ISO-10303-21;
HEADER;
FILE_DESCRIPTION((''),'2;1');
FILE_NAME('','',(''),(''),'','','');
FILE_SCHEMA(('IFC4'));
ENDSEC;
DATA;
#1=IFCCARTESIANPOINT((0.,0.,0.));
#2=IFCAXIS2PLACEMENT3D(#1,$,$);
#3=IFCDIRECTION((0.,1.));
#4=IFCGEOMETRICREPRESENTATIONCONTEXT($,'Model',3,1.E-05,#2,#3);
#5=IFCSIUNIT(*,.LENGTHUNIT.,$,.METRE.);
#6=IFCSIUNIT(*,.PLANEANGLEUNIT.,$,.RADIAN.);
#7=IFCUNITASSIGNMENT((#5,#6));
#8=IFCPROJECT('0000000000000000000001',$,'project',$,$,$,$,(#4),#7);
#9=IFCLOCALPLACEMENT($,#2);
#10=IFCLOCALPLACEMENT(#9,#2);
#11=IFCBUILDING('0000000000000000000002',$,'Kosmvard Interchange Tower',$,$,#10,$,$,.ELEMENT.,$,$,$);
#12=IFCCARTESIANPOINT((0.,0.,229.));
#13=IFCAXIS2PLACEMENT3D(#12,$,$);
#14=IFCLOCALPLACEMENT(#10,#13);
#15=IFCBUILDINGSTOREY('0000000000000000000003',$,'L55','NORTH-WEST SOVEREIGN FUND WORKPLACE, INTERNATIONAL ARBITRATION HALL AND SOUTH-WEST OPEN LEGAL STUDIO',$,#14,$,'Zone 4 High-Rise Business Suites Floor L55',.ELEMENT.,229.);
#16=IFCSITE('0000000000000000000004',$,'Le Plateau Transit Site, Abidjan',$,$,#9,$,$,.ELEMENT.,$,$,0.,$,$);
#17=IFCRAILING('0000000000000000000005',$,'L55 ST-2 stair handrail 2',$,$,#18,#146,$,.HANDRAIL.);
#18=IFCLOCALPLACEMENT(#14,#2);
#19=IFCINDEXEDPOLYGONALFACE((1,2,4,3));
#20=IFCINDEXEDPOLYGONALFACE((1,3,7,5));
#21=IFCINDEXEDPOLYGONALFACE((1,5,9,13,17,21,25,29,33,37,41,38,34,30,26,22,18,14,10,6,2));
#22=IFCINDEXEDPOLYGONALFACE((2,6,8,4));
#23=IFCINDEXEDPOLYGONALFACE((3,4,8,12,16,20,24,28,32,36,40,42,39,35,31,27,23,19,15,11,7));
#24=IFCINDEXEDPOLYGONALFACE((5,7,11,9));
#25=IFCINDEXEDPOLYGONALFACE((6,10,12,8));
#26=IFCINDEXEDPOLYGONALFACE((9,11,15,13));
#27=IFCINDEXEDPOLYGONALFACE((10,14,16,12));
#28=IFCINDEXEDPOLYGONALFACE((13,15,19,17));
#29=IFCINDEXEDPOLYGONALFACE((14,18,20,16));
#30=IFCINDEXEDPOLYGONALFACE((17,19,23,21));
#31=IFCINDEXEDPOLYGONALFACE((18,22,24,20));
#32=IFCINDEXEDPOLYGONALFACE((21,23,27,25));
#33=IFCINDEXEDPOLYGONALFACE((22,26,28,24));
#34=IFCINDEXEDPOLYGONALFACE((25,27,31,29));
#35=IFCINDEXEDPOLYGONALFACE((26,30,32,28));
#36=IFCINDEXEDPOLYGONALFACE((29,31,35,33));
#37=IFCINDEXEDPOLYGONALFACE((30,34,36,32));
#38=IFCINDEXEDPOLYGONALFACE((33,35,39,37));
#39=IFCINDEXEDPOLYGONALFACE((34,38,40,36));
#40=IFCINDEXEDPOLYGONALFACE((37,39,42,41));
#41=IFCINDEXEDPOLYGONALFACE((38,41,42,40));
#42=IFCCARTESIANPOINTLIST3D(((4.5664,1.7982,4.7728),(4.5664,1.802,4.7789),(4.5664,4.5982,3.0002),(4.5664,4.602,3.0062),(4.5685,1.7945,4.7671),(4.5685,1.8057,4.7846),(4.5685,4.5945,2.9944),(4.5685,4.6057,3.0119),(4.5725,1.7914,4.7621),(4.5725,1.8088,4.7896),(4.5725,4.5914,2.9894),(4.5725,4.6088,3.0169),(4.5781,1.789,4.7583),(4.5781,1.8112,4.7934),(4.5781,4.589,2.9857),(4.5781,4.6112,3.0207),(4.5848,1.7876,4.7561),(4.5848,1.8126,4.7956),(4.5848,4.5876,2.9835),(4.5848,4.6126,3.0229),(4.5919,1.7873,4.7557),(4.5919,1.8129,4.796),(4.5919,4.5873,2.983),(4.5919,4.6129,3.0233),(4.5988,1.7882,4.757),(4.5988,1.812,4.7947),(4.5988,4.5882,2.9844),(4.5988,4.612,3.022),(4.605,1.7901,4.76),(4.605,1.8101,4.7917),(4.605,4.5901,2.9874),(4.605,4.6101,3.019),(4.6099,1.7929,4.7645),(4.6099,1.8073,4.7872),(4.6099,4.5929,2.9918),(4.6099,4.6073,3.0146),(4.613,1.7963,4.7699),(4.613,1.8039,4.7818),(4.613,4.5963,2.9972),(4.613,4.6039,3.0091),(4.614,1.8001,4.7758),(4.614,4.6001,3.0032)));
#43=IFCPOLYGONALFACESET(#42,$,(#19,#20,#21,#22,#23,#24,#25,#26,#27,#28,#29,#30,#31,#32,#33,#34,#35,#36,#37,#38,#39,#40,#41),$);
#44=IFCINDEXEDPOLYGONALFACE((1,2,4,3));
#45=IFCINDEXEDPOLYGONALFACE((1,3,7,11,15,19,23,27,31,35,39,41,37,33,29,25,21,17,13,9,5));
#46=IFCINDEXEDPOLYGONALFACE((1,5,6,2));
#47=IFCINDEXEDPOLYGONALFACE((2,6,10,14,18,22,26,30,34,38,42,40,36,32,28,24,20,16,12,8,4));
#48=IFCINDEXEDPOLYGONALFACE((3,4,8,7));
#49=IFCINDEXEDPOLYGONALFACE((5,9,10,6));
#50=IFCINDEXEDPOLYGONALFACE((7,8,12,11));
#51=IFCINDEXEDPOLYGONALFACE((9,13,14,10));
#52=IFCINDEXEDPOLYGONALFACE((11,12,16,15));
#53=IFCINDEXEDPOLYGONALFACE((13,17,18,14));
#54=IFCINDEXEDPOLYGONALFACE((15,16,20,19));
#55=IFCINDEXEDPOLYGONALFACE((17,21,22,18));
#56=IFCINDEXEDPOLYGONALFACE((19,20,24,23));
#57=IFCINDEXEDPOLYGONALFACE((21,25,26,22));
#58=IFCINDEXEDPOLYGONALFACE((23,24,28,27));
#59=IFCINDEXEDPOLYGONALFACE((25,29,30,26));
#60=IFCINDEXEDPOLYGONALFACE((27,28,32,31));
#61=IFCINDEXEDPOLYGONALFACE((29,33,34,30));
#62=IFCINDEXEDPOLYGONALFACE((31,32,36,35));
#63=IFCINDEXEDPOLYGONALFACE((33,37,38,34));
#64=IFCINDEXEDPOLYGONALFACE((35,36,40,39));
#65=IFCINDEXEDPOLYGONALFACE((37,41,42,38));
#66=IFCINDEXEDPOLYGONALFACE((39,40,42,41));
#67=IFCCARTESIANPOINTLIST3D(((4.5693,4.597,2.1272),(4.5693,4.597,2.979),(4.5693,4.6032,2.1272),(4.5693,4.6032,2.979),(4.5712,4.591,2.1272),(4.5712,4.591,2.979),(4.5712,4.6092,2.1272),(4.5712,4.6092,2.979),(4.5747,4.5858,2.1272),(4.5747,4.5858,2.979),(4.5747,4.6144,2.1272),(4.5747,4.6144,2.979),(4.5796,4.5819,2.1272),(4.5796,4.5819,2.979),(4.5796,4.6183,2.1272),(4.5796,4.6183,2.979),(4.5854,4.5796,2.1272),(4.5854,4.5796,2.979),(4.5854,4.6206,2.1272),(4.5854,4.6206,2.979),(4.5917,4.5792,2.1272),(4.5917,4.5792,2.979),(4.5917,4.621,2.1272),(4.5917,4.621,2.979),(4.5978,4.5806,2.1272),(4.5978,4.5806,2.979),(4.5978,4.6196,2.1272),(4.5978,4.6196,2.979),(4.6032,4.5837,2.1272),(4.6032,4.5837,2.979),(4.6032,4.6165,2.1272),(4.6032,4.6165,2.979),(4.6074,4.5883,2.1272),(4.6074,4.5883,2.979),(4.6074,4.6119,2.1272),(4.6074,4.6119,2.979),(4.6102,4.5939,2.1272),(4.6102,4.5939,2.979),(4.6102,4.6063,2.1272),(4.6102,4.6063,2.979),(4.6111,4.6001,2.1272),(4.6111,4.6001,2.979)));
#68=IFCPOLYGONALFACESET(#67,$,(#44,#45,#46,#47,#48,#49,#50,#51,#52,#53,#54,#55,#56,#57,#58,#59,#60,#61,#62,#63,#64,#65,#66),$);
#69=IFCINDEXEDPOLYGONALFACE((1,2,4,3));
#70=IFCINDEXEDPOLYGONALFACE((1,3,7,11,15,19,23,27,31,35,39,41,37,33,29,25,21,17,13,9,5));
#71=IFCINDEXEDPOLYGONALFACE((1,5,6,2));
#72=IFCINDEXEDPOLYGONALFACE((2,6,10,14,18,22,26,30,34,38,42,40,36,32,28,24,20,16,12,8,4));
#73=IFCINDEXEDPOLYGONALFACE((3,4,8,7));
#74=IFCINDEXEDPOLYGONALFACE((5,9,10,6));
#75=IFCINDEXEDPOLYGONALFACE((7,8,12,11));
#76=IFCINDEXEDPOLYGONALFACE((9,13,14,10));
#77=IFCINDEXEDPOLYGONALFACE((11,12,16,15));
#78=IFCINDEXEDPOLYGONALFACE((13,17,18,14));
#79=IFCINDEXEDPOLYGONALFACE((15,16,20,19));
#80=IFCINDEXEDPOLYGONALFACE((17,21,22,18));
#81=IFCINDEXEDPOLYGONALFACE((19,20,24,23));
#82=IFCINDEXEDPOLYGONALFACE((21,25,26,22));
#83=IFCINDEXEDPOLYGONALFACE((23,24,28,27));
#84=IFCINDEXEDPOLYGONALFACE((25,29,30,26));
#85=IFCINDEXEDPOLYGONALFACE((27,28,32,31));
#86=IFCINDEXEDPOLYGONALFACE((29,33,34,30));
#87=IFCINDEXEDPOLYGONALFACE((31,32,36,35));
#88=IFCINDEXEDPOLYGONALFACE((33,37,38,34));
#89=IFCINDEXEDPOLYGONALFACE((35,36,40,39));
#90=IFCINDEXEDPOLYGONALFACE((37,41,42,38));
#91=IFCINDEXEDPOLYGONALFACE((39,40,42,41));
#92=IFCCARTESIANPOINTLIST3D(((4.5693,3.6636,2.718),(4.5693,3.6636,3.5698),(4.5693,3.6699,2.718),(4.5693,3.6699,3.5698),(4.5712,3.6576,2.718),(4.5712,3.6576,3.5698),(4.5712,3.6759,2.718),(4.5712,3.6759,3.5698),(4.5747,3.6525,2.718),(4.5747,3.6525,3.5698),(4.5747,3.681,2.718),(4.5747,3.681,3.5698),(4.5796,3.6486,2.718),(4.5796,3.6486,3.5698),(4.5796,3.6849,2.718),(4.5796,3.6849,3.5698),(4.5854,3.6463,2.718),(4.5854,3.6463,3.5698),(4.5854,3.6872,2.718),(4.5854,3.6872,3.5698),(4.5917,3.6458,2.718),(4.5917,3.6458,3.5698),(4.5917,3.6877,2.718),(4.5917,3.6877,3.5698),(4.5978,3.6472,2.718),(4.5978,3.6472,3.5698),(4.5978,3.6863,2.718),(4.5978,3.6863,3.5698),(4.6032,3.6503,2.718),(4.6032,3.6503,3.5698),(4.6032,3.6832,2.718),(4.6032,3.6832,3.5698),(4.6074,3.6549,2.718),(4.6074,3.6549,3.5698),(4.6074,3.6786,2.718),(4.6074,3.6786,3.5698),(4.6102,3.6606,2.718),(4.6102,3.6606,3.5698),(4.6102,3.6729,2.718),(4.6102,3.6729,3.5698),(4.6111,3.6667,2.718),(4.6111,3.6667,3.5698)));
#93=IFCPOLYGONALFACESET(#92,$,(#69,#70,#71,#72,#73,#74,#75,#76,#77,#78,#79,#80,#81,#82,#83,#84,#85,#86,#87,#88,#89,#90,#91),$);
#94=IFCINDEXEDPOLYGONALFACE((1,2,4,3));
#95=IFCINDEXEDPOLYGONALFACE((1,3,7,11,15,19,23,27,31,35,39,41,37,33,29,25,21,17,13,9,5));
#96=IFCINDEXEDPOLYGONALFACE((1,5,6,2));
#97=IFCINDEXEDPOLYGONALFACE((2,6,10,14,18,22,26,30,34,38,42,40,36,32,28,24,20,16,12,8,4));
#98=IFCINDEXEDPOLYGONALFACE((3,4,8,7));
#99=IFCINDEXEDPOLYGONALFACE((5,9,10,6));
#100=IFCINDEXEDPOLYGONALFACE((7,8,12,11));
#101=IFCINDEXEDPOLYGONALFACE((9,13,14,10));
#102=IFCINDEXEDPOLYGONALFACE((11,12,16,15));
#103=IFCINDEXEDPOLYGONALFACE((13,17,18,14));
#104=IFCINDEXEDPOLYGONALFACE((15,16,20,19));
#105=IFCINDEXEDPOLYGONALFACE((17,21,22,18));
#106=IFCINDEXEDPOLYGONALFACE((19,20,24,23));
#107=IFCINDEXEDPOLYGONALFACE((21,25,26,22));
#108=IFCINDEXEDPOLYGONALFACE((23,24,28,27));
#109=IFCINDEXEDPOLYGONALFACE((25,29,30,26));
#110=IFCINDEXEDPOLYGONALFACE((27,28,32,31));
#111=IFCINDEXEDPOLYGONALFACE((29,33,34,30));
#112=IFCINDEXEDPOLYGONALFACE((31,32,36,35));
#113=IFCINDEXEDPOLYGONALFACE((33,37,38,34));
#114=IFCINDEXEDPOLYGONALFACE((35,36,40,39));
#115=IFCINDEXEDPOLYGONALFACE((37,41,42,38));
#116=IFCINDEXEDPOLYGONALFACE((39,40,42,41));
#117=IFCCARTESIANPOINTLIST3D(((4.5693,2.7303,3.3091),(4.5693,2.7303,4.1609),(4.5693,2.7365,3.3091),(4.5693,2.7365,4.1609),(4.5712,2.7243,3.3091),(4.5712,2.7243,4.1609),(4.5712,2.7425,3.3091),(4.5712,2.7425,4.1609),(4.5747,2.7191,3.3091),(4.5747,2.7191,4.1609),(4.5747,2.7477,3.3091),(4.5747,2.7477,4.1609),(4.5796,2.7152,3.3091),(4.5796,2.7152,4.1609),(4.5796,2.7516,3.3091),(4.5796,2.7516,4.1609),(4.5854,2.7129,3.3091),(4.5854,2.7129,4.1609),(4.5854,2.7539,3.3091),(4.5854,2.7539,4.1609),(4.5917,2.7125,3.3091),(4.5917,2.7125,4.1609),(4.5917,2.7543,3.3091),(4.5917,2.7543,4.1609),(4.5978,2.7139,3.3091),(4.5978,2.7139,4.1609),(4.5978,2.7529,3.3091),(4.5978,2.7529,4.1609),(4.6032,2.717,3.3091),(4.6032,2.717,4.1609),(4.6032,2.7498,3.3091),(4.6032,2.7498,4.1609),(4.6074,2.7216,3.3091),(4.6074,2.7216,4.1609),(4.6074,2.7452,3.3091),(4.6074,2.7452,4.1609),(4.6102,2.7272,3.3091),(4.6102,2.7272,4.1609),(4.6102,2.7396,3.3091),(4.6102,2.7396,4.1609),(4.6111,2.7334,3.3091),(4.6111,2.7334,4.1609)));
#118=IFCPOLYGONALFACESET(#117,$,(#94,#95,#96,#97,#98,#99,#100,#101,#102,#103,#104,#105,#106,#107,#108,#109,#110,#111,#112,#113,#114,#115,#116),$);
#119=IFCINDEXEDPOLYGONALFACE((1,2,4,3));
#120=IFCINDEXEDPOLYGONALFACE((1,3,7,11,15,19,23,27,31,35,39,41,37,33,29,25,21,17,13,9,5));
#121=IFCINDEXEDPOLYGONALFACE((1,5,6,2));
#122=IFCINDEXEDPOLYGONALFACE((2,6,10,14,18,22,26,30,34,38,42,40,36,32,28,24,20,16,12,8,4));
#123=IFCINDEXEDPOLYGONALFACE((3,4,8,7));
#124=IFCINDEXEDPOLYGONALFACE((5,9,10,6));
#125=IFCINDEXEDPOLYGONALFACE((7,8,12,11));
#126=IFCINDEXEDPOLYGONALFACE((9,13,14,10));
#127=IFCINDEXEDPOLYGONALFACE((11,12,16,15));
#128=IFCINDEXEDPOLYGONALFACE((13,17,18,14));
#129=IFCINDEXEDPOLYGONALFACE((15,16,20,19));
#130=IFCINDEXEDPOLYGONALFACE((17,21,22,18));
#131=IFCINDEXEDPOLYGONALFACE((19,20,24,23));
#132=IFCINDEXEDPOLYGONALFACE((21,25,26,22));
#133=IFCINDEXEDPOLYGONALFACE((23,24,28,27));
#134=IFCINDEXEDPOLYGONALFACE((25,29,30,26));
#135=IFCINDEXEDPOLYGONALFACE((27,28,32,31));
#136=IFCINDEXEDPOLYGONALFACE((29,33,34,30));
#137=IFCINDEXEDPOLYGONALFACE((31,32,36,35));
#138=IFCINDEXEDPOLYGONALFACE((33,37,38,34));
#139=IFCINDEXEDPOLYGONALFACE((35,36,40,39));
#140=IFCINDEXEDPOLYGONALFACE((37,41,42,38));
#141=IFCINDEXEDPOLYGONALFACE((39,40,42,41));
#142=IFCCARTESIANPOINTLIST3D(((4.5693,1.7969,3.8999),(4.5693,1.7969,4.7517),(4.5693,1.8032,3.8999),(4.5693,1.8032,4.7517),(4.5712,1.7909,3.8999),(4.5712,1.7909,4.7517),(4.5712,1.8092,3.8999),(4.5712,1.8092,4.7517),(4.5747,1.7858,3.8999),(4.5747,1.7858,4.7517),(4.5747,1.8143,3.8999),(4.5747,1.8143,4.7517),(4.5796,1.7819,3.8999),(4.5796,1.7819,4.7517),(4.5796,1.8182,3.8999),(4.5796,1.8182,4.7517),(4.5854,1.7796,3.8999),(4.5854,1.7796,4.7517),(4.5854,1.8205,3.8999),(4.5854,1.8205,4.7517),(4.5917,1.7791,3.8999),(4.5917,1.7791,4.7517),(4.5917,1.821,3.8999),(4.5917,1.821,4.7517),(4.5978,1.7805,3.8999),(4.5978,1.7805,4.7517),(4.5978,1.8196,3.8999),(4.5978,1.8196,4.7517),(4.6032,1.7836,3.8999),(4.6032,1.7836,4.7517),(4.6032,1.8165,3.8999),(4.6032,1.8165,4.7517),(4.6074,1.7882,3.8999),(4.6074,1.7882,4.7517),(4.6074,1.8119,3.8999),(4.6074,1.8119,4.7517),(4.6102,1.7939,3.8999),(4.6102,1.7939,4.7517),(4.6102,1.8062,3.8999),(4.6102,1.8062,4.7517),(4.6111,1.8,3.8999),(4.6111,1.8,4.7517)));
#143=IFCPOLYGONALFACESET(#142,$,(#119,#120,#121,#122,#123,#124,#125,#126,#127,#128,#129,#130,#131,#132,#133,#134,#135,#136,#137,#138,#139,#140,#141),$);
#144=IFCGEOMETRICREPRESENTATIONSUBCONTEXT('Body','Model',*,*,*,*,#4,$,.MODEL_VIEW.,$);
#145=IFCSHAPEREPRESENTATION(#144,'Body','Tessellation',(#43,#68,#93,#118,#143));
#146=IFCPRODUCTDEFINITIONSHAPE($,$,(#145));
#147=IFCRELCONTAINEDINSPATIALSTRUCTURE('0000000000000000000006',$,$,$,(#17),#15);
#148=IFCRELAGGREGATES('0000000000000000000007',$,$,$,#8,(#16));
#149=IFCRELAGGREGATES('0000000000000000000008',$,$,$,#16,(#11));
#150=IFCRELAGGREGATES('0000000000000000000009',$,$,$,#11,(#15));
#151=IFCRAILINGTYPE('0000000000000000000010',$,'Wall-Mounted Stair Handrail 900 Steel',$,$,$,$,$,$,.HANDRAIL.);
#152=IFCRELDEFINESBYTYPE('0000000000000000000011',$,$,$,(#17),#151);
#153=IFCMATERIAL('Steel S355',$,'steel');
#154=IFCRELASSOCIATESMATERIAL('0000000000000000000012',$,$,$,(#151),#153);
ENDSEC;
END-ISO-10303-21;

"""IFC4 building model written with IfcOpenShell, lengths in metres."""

from ifc_helpers import new_model, si_unit, direction, frame, origin, origin_2d, place, context, subcontext, project, spatial, circle, extrude, source, transform, mapped, material, type_object, element, save


model = new_model("IFC4")

# Units and contexts
model_context = context("Model", 3, precision=1e-05, world=origin(), true_north=direction((0.0, 1.0)))
body_context = subcontext(model_context, "Body", "Model", "MODEL_VIEW")
ifc_project = project(units=[si_unit("LENGTHUNIT", "METRE"), si_unit("PLANEANGLEUNIT", "RADIAN")], contexts=[model_context])

# Site, building, storey
site_placement = place(None, origin())
site = spatial("IfcSite", under=ifc_project, at=site_placement, Name="Le Plateau Transit Site, Abidjan", CompositionType="ELEMENT", RefElevation=0.0)
building_placement = place(site_placement, origin())
building = spatial("IfcBuilding", under=site, at=building_placement, Name="Kosmvard Interchange Tower", CompositionType="ELEMENT")
storey_placement = place(building_placement, frame((0.0, 0.0, 229.0)))
storey = spatial("IfcBuildingStorey", under=building, at=storey_placement, Name="L55", Description="NORTH-WEST SOVEREIGN FUND WORKPLACE, INTERNATIONAL ARBITRATION HALL AND SOUTH-WEST OPEN LEGAL STUDIO", LongName="Zone 4 High-Rise Business Suites Floor L55", CompositionType="ELEMENT", Elevation=229.0)

# Shared definitions
ifc_material_1 = material(Name="Steel S355", Category="steel")

# Railing
railing_type_1 = type_object("IfcRailingType", Name="Wall-Mounted Stair Handrail 900 Steel", PredefinedType="HANDRAIL", material=ifc_material_1)
shared_shape_1 = source(origin(), body_context, "Body", "SweptSolid", [
    extrude(circle(Radius=0.0239, at=origin_2d()), frame((0.0, 0.0, 0.876), z_axis=(0.0, -0.844909, 0.53491), x_axis=(1.0, 0.0, 0.0)), (0.0, 0.0, 1.0), 3.314),
    extrude(circle(Radius=0.021, at=origin_2d()), origin(), (0.0, 0.0, 1.0), 0.8518),
    extrude(circle(Radius=0.021, at=origin_2d()), frame((0.0, -0.9333, 0.5908)), (0.0, 0.0, 1.0), 0.8518),
    extrude(circle(Radius=0.021, at=origin_2d()), frame((0.0, -1.8667, 1.1819)), (0.0, 0.0, 1.0), 0.8518),
    extrude(circle(Radius=0.021, at=origin_2d()), frame((0.0, -2.8, 1.7727)), (0.0, 0.0, 1.0), 0.8518),
])
railing_1_placement = place(storey_placement, frame((4.5901, 4.6001, 2.1272)))
element("IfcRailing", 1, at=railing_1_placement, inside=storey, type_object=railing_type_1, Name="L55 ST-2 stair handrail 2", PredefinedType="HANDRAIL", context=body_context, shape_type="MappedRepresentation", body=[
    mapped(shared_shape_1, transform((0.0, 0.0, 0.0), scale=1.0)),
])

save(model, "model.ifc")
